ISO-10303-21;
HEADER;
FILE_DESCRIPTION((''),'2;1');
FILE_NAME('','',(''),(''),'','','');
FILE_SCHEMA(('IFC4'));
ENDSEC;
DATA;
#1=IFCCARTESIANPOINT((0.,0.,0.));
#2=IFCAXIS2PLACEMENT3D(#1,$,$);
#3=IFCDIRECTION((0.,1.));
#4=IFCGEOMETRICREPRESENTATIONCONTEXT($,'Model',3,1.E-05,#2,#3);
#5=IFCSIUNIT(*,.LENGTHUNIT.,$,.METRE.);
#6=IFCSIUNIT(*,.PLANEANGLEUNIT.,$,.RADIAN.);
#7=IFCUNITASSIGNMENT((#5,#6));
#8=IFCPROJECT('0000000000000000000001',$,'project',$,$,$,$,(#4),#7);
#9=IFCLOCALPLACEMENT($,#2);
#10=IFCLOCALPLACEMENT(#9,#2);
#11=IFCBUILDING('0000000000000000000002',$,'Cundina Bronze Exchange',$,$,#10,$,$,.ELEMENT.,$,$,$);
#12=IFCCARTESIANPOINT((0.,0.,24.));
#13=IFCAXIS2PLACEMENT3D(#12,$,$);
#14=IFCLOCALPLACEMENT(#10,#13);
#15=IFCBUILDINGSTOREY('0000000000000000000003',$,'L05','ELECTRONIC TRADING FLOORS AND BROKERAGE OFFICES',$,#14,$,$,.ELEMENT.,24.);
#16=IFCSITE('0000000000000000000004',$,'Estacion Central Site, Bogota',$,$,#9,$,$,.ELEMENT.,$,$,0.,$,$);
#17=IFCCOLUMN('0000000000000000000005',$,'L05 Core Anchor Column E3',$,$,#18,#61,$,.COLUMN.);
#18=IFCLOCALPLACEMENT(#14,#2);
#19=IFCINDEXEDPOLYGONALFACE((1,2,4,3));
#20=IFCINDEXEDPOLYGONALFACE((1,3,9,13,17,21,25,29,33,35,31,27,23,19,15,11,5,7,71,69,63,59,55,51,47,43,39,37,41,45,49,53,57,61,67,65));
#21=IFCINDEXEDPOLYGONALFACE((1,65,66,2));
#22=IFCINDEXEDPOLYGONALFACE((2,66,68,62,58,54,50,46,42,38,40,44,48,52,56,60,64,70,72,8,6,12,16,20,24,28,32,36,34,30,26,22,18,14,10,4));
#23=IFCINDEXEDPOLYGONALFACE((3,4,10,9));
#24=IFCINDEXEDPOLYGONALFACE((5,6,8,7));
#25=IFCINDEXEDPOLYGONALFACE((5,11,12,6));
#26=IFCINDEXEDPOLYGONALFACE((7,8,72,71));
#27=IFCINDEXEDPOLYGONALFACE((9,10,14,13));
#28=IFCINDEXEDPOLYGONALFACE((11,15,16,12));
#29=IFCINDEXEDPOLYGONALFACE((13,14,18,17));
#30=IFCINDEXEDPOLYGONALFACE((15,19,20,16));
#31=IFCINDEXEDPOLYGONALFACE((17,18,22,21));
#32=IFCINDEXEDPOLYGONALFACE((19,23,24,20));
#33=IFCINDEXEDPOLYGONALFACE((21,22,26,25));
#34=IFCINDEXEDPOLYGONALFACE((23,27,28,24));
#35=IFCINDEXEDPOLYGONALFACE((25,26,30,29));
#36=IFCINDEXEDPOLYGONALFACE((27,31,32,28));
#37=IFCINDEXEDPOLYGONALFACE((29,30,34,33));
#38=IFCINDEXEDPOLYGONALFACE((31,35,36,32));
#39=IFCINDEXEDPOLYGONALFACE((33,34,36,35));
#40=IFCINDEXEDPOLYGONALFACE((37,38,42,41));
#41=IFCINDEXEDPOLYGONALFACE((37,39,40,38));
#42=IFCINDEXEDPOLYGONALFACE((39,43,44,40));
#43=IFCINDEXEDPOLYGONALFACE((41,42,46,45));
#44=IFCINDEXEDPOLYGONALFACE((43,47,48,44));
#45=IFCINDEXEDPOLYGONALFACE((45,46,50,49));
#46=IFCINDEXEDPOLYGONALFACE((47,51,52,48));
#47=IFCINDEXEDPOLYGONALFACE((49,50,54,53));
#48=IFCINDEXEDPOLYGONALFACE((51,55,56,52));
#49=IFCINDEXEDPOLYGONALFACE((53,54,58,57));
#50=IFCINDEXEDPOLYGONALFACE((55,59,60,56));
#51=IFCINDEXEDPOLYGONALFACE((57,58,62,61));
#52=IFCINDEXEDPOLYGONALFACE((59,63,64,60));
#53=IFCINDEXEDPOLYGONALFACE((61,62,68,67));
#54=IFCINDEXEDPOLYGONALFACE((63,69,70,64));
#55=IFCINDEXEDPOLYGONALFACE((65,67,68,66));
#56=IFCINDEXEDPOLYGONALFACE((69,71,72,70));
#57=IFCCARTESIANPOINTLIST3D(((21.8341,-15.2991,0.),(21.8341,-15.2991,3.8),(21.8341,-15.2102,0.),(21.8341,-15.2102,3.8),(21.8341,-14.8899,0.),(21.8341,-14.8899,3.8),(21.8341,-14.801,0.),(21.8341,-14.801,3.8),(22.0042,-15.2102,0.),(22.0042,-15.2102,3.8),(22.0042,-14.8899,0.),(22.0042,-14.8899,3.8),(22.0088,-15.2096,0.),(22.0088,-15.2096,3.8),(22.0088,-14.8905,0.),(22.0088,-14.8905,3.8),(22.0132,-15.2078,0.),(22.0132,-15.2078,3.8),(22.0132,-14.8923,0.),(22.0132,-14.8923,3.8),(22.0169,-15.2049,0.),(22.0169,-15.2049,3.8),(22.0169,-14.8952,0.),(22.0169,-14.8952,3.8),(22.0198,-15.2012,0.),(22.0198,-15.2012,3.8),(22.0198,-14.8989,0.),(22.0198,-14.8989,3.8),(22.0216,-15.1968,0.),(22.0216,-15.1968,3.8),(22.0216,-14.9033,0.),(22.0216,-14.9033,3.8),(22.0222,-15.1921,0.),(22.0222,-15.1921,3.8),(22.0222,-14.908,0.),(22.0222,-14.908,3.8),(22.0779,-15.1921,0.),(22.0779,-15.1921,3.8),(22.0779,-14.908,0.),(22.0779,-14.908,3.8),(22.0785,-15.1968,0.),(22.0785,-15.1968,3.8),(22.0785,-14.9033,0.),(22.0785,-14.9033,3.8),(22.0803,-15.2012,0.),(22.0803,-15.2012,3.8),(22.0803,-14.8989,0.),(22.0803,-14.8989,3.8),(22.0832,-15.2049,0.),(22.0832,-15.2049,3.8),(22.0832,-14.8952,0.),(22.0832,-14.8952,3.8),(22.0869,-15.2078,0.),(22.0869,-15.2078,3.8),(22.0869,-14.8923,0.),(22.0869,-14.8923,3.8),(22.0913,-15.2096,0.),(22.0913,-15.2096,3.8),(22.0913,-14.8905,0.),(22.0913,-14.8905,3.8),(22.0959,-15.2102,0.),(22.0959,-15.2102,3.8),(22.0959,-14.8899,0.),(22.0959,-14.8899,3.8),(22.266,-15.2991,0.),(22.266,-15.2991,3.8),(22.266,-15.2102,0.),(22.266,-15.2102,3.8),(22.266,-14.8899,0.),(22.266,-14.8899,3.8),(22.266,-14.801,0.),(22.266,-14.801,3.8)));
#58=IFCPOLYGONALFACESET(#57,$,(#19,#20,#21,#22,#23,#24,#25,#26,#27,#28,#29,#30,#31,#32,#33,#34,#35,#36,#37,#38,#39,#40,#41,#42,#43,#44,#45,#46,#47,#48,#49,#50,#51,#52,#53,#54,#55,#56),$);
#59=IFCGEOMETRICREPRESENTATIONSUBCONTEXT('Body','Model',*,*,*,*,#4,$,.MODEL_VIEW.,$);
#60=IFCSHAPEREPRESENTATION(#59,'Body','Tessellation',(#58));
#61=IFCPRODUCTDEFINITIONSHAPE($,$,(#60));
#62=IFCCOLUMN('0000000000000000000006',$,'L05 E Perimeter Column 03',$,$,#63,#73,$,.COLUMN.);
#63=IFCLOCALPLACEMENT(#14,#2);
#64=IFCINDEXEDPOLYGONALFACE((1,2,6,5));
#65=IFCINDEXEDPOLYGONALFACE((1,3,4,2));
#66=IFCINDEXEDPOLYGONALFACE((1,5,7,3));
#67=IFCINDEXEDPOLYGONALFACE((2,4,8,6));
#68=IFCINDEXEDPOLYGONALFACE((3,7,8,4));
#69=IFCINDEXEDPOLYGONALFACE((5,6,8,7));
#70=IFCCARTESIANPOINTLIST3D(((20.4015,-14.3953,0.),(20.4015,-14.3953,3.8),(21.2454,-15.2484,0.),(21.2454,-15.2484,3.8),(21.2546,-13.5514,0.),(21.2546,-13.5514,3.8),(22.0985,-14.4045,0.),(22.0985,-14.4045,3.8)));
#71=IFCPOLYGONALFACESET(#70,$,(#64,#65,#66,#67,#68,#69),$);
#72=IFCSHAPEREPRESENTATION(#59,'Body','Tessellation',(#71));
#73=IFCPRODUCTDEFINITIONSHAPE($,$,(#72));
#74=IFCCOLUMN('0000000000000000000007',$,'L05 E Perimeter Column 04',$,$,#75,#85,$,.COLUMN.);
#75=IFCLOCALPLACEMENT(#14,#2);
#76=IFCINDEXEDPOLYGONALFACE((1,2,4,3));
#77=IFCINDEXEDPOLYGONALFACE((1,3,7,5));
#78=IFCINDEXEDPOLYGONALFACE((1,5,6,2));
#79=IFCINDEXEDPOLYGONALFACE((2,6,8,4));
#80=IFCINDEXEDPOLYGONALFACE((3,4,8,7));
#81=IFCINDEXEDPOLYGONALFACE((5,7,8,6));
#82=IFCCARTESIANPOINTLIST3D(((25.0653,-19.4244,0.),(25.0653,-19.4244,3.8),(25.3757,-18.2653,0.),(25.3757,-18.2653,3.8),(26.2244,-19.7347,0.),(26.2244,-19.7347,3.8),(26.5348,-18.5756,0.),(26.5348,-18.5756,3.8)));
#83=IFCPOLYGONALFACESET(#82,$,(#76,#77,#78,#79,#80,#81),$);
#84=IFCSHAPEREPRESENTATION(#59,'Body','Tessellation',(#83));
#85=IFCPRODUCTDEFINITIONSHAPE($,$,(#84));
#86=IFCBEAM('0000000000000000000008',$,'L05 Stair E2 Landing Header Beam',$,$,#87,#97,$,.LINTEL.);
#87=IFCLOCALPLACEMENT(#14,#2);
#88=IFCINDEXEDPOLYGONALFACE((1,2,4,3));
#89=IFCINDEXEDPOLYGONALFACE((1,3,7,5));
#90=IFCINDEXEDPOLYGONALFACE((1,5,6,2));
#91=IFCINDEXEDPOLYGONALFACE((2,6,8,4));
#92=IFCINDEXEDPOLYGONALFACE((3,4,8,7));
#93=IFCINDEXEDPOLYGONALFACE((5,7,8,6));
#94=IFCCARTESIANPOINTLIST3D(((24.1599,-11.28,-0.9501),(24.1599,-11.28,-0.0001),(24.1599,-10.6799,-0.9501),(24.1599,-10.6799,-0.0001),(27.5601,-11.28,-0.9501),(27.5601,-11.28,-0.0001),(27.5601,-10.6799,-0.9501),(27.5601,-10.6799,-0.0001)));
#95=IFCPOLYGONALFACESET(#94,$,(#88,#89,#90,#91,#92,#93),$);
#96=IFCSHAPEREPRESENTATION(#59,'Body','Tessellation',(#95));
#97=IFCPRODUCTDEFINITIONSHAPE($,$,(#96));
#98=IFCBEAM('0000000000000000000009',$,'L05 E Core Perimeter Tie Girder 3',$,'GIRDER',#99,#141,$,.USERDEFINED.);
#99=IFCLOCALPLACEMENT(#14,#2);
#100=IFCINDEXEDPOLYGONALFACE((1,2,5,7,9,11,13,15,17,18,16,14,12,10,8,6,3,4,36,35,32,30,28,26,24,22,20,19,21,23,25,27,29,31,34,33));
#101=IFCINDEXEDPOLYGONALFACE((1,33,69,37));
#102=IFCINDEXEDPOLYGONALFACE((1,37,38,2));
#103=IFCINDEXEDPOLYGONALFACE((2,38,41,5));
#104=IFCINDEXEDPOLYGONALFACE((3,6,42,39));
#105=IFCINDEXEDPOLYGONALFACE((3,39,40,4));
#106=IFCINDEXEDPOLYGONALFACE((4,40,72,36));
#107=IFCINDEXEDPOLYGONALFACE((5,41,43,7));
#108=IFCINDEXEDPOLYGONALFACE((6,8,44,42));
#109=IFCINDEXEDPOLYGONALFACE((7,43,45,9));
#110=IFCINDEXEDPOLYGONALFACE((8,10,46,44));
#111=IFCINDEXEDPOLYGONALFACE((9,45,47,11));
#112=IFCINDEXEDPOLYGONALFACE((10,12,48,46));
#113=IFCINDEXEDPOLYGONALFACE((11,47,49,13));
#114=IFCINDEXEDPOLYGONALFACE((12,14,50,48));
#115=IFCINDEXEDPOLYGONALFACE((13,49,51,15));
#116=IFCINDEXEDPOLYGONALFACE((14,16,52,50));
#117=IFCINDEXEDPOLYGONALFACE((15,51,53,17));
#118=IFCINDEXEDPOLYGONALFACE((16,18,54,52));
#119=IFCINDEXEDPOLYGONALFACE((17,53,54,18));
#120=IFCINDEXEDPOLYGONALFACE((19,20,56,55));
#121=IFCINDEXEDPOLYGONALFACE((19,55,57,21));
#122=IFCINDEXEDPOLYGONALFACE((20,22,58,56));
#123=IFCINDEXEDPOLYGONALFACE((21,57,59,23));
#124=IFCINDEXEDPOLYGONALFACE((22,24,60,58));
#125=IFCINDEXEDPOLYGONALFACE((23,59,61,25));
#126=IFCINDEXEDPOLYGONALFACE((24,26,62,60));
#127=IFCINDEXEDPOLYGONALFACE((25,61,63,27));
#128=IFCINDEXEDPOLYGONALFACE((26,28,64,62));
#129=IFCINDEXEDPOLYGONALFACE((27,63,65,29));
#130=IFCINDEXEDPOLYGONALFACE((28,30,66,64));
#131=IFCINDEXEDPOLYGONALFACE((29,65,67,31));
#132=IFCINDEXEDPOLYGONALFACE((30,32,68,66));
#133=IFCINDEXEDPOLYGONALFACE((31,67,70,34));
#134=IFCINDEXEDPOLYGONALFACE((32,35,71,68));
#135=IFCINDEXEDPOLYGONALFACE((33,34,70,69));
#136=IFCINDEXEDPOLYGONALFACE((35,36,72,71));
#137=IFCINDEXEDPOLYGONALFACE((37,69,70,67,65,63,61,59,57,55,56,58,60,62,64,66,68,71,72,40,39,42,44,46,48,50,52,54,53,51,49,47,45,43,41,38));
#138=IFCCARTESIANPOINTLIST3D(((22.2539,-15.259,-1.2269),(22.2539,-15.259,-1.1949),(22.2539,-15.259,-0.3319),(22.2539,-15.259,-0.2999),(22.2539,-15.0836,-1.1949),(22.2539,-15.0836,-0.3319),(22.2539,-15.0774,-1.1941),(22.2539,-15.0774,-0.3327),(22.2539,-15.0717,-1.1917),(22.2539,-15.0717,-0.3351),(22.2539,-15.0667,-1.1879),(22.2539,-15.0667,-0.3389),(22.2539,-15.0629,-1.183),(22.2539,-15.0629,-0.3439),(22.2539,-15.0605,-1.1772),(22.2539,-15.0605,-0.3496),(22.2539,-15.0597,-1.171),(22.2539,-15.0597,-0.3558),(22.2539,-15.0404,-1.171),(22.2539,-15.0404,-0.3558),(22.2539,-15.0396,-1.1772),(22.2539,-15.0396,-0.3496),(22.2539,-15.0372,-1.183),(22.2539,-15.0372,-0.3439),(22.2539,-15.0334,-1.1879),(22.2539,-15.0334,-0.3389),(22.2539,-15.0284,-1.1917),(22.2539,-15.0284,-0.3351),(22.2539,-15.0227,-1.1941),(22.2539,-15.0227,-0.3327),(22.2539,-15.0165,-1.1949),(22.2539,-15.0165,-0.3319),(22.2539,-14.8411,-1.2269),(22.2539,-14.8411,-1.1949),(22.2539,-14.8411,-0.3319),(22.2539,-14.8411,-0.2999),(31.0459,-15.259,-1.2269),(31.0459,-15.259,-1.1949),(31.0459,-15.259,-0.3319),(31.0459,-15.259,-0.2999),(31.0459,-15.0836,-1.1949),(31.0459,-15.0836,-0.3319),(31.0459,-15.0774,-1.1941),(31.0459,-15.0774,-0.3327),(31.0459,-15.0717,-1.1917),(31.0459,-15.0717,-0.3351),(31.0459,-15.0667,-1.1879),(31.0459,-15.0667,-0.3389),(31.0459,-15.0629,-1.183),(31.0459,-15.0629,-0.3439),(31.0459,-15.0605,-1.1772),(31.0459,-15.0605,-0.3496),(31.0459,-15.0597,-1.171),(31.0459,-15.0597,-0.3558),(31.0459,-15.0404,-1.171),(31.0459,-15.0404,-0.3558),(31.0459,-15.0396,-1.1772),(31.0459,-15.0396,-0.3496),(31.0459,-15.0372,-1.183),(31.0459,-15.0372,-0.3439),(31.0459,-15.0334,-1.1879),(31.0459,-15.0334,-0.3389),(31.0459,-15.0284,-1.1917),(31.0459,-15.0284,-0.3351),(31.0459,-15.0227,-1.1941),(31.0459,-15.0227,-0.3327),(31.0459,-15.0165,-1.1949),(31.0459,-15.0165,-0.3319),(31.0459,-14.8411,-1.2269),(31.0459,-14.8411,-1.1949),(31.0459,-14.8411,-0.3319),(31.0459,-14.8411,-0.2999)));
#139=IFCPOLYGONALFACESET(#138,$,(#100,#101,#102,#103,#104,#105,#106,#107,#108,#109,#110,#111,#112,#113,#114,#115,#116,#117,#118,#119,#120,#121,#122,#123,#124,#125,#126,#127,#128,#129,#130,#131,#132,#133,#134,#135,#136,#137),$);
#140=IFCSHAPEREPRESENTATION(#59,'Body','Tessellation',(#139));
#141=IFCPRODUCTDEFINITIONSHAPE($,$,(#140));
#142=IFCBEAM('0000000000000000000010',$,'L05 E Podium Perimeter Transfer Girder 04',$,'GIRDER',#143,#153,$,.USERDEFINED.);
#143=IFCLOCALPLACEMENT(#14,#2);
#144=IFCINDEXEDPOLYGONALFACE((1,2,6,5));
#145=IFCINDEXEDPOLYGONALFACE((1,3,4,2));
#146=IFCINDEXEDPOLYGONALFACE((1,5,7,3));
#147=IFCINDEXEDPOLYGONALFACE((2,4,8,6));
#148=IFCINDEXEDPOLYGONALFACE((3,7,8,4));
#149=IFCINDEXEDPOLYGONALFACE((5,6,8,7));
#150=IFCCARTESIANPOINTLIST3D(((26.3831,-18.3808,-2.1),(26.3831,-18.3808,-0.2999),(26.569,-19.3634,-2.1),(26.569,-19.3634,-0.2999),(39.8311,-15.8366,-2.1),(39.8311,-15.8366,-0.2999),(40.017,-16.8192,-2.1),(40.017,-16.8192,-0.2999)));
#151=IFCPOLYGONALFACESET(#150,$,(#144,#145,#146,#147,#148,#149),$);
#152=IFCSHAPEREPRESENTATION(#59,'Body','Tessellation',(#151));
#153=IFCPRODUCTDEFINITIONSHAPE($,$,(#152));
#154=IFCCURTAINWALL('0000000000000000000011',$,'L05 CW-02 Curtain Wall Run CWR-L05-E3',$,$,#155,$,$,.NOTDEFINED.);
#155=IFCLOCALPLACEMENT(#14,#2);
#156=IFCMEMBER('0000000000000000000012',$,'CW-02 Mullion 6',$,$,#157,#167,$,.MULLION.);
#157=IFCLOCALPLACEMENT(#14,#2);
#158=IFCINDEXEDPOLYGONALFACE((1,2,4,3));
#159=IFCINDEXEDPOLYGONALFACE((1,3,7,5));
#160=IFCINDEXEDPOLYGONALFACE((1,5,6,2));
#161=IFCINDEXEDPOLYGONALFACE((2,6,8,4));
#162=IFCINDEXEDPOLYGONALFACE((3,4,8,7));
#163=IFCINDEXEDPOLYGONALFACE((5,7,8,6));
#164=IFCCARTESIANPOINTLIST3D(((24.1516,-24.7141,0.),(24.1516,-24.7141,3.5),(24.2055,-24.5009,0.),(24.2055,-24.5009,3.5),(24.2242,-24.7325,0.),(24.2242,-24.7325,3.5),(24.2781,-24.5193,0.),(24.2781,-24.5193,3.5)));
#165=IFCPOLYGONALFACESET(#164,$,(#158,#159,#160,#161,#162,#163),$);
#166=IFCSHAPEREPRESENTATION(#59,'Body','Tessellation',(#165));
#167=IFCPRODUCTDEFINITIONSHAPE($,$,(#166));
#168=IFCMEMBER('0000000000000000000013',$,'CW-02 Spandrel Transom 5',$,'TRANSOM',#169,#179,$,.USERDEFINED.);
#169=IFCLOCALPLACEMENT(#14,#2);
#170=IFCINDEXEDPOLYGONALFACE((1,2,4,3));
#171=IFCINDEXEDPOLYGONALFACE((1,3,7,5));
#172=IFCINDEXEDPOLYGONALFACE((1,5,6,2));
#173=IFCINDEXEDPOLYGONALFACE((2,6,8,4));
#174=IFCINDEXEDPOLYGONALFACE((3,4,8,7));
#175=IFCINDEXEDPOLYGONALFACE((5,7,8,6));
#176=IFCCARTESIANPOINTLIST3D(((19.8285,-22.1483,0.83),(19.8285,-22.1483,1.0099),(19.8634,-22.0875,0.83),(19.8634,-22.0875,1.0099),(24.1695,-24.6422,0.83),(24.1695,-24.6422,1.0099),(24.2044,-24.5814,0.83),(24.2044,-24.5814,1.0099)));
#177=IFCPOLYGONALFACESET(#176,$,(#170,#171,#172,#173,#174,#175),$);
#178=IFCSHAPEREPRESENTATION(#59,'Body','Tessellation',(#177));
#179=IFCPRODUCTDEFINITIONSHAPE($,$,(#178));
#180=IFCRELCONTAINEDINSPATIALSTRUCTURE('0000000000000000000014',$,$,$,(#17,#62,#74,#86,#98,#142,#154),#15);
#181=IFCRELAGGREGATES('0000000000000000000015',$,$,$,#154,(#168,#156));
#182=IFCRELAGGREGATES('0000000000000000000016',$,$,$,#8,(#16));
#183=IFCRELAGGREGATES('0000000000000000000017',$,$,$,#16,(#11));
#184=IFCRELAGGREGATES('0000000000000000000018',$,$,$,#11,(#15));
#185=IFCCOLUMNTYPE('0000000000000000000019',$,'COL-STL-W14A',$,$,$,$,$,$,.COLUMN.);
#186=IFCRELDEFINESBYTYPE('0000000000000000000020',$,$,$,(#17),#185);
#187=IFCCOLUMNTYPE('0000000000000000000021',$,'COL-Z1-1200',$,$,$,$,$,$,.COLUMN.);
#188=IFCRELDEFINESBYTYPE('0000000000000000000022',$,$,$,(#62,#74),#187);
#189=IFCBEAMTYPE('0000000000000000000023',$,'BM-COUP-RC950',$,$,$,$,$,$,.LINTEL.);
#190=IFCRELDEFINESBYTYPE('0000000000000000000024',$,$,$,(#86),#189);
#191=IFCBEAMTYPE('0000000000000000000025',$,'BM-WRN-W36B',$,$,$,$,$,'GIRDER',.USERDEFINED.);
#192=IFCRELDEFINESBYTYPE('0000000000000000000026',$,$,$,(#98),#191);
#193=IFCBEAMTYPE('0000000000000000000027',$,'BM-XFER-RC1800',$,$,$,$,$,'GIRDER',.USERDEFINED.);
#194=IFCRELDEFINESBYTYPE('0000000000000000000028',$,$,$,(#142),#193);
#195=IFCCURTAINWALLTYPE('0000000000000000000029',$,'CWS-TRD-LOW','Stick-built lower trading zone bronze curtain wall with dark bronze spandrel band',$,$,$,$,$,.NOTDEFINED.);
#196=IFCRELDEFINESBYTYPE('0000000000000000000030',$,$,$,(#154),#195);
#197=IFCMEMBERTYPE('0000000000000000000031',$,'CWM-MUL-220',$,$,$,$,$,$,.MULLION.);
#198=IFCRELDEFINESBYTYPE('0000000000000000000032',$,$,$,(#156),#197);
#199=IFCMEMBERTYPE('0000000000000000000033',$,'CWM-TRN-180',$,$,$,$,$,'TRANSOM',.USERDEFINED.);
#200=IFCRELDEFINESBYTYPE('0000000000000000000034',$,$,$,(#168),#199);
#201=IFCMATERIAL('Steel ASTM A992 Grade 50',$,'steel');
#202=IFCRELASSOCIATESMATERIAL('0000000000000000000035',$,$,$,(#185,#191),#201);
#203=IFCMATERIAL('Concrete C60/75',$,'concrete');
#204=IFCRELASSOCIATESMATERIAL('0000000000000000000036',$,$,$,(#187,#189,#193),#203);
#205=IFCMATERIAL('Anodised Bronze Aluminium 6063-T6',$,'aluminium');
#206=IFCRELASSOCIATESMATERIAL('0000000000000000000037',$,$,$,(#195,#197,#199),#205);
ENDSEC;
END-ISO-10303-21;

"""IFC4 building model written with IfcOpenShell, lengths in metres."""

from ifc_helpers import new_model, si_unit, direction, frame, origin, origin_2d, place, context, subcontext, project, spatial, rectangle, i_section, extrude, material, material_profile, profile_set, type_object, element, aggregate, save


model = new_model("IFC4")

# Units and contexts
model_context = context("Model", 3, precision=1e-05, world=origin(), true_north=direction((0.0, 1.0)))
body_context = subcontext(model_context, "Body", "Model", "MODEL_VIEW")
ifc_project = project(units=[si_unit("LENGTHUNIT", "METRE"), si_unit("PLANEANGLEUNIT", "RADIAN")], contexts=[model_context])

# Site, building, storey
site_placement = place(None, origin())
site = spatial("IfcSite", under=ifc_project, at=site_placement, Name="Estacion Central Site, Bogota", CompositionType="ELEMENT", RefElevation=0.0)
building_placement = place(site_placement, origin())
building = spatial("IfcBuilding", under=site, at=building_placement, Name="Cundina Bronze Exchange", CompositionType="ELEMENT")
storey_placement = place(building_placement, frame((0.0, 0.0, 24.0)))
storey = spatial("IfcBuildingStorey", under=building, at=storey_placement, Name="L05", Description="ELECTRONIC TRADING FLOORS AND BROKERAGE OFFICES", CompositionType="ELEMENT", Elevation=24.0)

# Columns
ifc_material_1 = material(Name="Steel ASTM A992 Grade 50", Category="steel")
ifc_material_profile_1 = material_profile(ifc_material_1, i_section(OverallWidth=0.4319, OverallDepth=0.498, WebThickness=0.0557, FlangeThickness=0.0889, FilletRadius=0.0181, at=origin_2d()), Name="W14X500", Category="steel")
ifc_profile_set_1 = profile_set([ifc_material_profile_1], Name="Steel ASTM A992 Grade 50")
column_type_1 = type_object("IfcColumnType", Name="COL-STL-W14A", PredefinedType="COLUMN", material=ifc_profile_set_1)
column_placement = place(storey_placement, frame((22.05, -15.05, 0.0), z_axis=(0.0, 0.0, 1.0), x_axis=(1.0, 0.0, 0.0)))
element("IfcColumn", 1, at=column_placement, inside=storey, type_object=column_type_1, Name="L05 Core Anchor Column E3", PredefinedType="COLUMN", context=body_context, shape_type="SweptSolid", body=[
    extrude(i_section(OverallWidth=0.4319, OverallDepth=0.498, WebThickness=0.0557, FlangeThickness=0.0889, FilletRadius=0.0181, at=origin_2d()), origin(), (0.0, 0.0, 1.0), 3.8),
])
ifc_material_2 = material(Name="Concrete C60/75", Category="concrete")
ifc_material_profile_2 = material_profile(ifc_material_2, rectangle(XDim=1.2, YDim=1.2, at=origin_2d()), Name="RC1200X1200", Category="concrete")
ifc_profile_set_2 = profile_set([ifc_material_profile_2], Name="Concrete C60/75")
column_type_2 = type_object("IfcColumnType", Name="COL-Z1-1200", PredefinedType="COLUMN", material=ifc_profile_set_2)
for number, where, z_axis, x_axis, name in (
    (2, (21.25, -14.3999, 0.0), (0.0, 0.0, 1.0), (0.703271, -0.710922, 0.0), "L05 E Perimeter Column 03"),
    (3, (25.8, -19.0, 0.0), (0.0, 0.0, 1.0), (0.965971, -0.25865, 0.0), "L05 E Perimeter Column 04"),
):
    element("IfcColumn", number, at=place(storey_placement, frame(where, z_axis=z_axis, x_axis=x_axis)), inside=storey, type_object=column_type_2, Name=name, PredefinedType="COLUMN", context=body_context, shape_type="SweptSolid", body=[
        extrude(rectangle(XDim=1.2, YDim=1.2, at=origin_2d()), origin(), (0.0, 0.0, 1.0), 3.8),
    ])

# Beams
ifc_material_profile_3 = material_profile(ifc_material_2, rectangle(XDim=0.6001, YDim=0.95, at=origin_2d()), Name="RC600X950", Category="concrete")
ifc_profile_set_3 = profile_set([ifc_material_profile_3], Name="Concrete C60/75")
beam_type_1 = type_object("IfcBeamType", Name="BM-COUP-RC950", PredefinedType="LINTEL", material=ifc_profile_set_3)
beam_1_placement = place(storey_placement, frame((24.1599, -10.98, -0.4751), z_axis=(1.0, 0.0, 0.0), x_axis=(0.0, 1.0, 0.0)))
element("IfcBeam", 4, at=beam_1_placement, inside=storey, type_object=beam_type_1, Name="L05 Stair E2 Landing Header Beam", PredefinedType="LINTEL", context=body_context, shape_type="SweptSolid", body=[
    extrude(rectangle(XDim=0.6001, YDim=0.95, at=origin_2d()), origin(), (0.0, 0.0, 1.0), 3.4001),
])
ifc_material_profile_4 = material_profile(ifc_material_1, i_section(OverallWidth=0.418, OverallDepth=0.927, WebThickness=0.0193, FlangeThickness=0.032, FilletRadius=0.0239, at=origin_2d()), Name="W36X231", Category="steel")
ifc_profile_set_4 = profile_set([ifc_material_profile_4], Name="Steel ASTM A992 Grade 50")
beam_type_2 = type_object("IfcBeamType", Name="BM-WRN-W36B", ElementType="GIRDER", PredefinedType="USERDEFINED", material=ifc_profile_set_4)
beam_2_placement = place(storey_placement, frame((22.2539, -15.05, -0.7634), z_axis=(1.0, 0.0, 0.0), x_axis=(0.0, 1.0, 0.0)))
element("IfcBeam", 5, at=beam_2_placement, inside=storey, type_object=beam_type_2, Name="L05 E Core Perimeter Tie Girder 3", ObjectType="GIRDER", PredefinedType="USERDEFINED", context=body_context, shape_type="SweptSolid", body=[
    extrude(i_section(OverallWidth=0.418, OverallDepth=0.927, WebThickness=0.0193, FlangeThickness=0.032, FilletRadius=0.0239, at=origin_2d()), origin(), (0.0, 0.0, 1.0), 8.792),
])
ifc_material_profile_5 = material_profile(ifc_material_2, rectangle(XDim=1.0, YDim=1.8, at=origin_2d()), Name="RC1000X1800", Category="concrete")
ifc_profile_set_5 = profile_set([ifc_material_profile_5], Name="Concrete C60/75")
beam_type_3 = type_object("IfcBeamType", Name="BM-XFER-RC1800", ElementType="GIRDER", PredefinedType="USERDEFINED", material=ifc_profile_set_5)
beam_3_placement = place(storey_placement, frame((26.4761, -18.8721, -1.2), z_axis=(0.982571, 0.18589, 0.0), x_axis=(-0.18589, 0.982571, 0.0)))
element("IfcBeam", 6, at=beam_3_placement, inside=storey, type_object=beam_type_3, Name="L05 E Podium Perimeter Transfer Girder 04", ObjectType="GIRDER", PredefinedType="USERDEFINED", context=body_context, shape_type="SweptSolid", body=[
    extrude(rectangle(XDim=1.0, YDim=1.8, at=origin_2d()), origin(), (0.0, 0.0, 1.0), 13.6865),
])

# Curtain wall, members
ifc_material_3 = material(Name="Anodised Bronze Aluminium 6063-T6", Category="aluminium")
curtain_wall_type = type_object("IfcCurtainWallType", Name="CWS-TRD-LOW", Description="Stick-built lower trading zone bronze curtain wall with dark bronze spandrel band", PredefinedType="NOTDEFINED", material=ifc_material_3)
curtain_wall_placement = place(storey_placement, origin())
curtain_wall = element("IfcCurtainWall", 7, at=curtain_wall_placement, inside=storey, type_object=curtain_wall_type, Name="L05 CW-02 Curtain Wall Run CWR-L05-E3", PredefinedType="NOTDEFINED")
ifc_material_profile_6 = material_profile(ifc_material_3, rectangle(XDim=0.075, YDim=0.22, at=origin_2d()), Name="AL75X220", Category="aluminium")
ifc_profile_set_6 = profile_set([ifc_material_profile_6], Name="Anodised Bronze Aluminium 6063-T6")
member_type_1 = type_object("IfcMemberType", Name="CWM-MUL-220", PredefinedType="MULLION", material=ifc_profile_set_6)
member_1_placement = place(storey_placement, frame((24.2148, -24.6167, 0.0), z_axis=(0.0, 0.0, 1.0), x_axis=(0.969488, -0.245138, 0.0)))
member_1 = element("IfcMember", 8, at=member_1_placement, type_object=member_type_1, Name="CW-02 Mullion 6", PredefinedType="MULLION", context=body_context, shape_type="SweptSolid", body=[
    extrude(rectangle(XDim=0.075, YDim=0.22, at=origin_2d()), origin(), (0.0, 0.0, 1.0), 3.5),
])
ifc_material_profile_7 = material_profile(ifc_material_3, rectangle(XDim=0.0701, YDim=0.1799, at=origin_2d()), Name="AL70X180", Category="aluminium")
ifc_profile_set_7 = profile_set([ifc_material_profile_7], Name="Anodised Bronze Aluminium 6063-T6")
member_type_2 = type_object("IfcMemberType", Name="CWM-TRN-180", ElementType="TRANSOM", PredefinedType="USERDEFINED", material=ifc_profile_set_7)
member_2_placement = place(storey_placement, frame((19.8459, -22.1179, 0.9199), z_axis=(0.867097, -0.498139, 0.0), x_axis=(0.498139, 0.867097, 0.0)))
member_2 = element("IfcMember", 9, at=member_2_placement, type_object=member_type_2, Name="CW-02 Spandrel Transom 5", ObjectType="TRANSOM", PredefinedType="USERDEFINED", context=body_context, shape_type="SweptSolid", body=[
    extrude(rectangle(XDim=0.0701, YDim=0.1799, at=origin_2d()), origin(), (0.0, 0.0, 1.0), 5.0063),
])
aggregate(curtain_wall, [member_2, member_1])

save(model, "model.ifc")
